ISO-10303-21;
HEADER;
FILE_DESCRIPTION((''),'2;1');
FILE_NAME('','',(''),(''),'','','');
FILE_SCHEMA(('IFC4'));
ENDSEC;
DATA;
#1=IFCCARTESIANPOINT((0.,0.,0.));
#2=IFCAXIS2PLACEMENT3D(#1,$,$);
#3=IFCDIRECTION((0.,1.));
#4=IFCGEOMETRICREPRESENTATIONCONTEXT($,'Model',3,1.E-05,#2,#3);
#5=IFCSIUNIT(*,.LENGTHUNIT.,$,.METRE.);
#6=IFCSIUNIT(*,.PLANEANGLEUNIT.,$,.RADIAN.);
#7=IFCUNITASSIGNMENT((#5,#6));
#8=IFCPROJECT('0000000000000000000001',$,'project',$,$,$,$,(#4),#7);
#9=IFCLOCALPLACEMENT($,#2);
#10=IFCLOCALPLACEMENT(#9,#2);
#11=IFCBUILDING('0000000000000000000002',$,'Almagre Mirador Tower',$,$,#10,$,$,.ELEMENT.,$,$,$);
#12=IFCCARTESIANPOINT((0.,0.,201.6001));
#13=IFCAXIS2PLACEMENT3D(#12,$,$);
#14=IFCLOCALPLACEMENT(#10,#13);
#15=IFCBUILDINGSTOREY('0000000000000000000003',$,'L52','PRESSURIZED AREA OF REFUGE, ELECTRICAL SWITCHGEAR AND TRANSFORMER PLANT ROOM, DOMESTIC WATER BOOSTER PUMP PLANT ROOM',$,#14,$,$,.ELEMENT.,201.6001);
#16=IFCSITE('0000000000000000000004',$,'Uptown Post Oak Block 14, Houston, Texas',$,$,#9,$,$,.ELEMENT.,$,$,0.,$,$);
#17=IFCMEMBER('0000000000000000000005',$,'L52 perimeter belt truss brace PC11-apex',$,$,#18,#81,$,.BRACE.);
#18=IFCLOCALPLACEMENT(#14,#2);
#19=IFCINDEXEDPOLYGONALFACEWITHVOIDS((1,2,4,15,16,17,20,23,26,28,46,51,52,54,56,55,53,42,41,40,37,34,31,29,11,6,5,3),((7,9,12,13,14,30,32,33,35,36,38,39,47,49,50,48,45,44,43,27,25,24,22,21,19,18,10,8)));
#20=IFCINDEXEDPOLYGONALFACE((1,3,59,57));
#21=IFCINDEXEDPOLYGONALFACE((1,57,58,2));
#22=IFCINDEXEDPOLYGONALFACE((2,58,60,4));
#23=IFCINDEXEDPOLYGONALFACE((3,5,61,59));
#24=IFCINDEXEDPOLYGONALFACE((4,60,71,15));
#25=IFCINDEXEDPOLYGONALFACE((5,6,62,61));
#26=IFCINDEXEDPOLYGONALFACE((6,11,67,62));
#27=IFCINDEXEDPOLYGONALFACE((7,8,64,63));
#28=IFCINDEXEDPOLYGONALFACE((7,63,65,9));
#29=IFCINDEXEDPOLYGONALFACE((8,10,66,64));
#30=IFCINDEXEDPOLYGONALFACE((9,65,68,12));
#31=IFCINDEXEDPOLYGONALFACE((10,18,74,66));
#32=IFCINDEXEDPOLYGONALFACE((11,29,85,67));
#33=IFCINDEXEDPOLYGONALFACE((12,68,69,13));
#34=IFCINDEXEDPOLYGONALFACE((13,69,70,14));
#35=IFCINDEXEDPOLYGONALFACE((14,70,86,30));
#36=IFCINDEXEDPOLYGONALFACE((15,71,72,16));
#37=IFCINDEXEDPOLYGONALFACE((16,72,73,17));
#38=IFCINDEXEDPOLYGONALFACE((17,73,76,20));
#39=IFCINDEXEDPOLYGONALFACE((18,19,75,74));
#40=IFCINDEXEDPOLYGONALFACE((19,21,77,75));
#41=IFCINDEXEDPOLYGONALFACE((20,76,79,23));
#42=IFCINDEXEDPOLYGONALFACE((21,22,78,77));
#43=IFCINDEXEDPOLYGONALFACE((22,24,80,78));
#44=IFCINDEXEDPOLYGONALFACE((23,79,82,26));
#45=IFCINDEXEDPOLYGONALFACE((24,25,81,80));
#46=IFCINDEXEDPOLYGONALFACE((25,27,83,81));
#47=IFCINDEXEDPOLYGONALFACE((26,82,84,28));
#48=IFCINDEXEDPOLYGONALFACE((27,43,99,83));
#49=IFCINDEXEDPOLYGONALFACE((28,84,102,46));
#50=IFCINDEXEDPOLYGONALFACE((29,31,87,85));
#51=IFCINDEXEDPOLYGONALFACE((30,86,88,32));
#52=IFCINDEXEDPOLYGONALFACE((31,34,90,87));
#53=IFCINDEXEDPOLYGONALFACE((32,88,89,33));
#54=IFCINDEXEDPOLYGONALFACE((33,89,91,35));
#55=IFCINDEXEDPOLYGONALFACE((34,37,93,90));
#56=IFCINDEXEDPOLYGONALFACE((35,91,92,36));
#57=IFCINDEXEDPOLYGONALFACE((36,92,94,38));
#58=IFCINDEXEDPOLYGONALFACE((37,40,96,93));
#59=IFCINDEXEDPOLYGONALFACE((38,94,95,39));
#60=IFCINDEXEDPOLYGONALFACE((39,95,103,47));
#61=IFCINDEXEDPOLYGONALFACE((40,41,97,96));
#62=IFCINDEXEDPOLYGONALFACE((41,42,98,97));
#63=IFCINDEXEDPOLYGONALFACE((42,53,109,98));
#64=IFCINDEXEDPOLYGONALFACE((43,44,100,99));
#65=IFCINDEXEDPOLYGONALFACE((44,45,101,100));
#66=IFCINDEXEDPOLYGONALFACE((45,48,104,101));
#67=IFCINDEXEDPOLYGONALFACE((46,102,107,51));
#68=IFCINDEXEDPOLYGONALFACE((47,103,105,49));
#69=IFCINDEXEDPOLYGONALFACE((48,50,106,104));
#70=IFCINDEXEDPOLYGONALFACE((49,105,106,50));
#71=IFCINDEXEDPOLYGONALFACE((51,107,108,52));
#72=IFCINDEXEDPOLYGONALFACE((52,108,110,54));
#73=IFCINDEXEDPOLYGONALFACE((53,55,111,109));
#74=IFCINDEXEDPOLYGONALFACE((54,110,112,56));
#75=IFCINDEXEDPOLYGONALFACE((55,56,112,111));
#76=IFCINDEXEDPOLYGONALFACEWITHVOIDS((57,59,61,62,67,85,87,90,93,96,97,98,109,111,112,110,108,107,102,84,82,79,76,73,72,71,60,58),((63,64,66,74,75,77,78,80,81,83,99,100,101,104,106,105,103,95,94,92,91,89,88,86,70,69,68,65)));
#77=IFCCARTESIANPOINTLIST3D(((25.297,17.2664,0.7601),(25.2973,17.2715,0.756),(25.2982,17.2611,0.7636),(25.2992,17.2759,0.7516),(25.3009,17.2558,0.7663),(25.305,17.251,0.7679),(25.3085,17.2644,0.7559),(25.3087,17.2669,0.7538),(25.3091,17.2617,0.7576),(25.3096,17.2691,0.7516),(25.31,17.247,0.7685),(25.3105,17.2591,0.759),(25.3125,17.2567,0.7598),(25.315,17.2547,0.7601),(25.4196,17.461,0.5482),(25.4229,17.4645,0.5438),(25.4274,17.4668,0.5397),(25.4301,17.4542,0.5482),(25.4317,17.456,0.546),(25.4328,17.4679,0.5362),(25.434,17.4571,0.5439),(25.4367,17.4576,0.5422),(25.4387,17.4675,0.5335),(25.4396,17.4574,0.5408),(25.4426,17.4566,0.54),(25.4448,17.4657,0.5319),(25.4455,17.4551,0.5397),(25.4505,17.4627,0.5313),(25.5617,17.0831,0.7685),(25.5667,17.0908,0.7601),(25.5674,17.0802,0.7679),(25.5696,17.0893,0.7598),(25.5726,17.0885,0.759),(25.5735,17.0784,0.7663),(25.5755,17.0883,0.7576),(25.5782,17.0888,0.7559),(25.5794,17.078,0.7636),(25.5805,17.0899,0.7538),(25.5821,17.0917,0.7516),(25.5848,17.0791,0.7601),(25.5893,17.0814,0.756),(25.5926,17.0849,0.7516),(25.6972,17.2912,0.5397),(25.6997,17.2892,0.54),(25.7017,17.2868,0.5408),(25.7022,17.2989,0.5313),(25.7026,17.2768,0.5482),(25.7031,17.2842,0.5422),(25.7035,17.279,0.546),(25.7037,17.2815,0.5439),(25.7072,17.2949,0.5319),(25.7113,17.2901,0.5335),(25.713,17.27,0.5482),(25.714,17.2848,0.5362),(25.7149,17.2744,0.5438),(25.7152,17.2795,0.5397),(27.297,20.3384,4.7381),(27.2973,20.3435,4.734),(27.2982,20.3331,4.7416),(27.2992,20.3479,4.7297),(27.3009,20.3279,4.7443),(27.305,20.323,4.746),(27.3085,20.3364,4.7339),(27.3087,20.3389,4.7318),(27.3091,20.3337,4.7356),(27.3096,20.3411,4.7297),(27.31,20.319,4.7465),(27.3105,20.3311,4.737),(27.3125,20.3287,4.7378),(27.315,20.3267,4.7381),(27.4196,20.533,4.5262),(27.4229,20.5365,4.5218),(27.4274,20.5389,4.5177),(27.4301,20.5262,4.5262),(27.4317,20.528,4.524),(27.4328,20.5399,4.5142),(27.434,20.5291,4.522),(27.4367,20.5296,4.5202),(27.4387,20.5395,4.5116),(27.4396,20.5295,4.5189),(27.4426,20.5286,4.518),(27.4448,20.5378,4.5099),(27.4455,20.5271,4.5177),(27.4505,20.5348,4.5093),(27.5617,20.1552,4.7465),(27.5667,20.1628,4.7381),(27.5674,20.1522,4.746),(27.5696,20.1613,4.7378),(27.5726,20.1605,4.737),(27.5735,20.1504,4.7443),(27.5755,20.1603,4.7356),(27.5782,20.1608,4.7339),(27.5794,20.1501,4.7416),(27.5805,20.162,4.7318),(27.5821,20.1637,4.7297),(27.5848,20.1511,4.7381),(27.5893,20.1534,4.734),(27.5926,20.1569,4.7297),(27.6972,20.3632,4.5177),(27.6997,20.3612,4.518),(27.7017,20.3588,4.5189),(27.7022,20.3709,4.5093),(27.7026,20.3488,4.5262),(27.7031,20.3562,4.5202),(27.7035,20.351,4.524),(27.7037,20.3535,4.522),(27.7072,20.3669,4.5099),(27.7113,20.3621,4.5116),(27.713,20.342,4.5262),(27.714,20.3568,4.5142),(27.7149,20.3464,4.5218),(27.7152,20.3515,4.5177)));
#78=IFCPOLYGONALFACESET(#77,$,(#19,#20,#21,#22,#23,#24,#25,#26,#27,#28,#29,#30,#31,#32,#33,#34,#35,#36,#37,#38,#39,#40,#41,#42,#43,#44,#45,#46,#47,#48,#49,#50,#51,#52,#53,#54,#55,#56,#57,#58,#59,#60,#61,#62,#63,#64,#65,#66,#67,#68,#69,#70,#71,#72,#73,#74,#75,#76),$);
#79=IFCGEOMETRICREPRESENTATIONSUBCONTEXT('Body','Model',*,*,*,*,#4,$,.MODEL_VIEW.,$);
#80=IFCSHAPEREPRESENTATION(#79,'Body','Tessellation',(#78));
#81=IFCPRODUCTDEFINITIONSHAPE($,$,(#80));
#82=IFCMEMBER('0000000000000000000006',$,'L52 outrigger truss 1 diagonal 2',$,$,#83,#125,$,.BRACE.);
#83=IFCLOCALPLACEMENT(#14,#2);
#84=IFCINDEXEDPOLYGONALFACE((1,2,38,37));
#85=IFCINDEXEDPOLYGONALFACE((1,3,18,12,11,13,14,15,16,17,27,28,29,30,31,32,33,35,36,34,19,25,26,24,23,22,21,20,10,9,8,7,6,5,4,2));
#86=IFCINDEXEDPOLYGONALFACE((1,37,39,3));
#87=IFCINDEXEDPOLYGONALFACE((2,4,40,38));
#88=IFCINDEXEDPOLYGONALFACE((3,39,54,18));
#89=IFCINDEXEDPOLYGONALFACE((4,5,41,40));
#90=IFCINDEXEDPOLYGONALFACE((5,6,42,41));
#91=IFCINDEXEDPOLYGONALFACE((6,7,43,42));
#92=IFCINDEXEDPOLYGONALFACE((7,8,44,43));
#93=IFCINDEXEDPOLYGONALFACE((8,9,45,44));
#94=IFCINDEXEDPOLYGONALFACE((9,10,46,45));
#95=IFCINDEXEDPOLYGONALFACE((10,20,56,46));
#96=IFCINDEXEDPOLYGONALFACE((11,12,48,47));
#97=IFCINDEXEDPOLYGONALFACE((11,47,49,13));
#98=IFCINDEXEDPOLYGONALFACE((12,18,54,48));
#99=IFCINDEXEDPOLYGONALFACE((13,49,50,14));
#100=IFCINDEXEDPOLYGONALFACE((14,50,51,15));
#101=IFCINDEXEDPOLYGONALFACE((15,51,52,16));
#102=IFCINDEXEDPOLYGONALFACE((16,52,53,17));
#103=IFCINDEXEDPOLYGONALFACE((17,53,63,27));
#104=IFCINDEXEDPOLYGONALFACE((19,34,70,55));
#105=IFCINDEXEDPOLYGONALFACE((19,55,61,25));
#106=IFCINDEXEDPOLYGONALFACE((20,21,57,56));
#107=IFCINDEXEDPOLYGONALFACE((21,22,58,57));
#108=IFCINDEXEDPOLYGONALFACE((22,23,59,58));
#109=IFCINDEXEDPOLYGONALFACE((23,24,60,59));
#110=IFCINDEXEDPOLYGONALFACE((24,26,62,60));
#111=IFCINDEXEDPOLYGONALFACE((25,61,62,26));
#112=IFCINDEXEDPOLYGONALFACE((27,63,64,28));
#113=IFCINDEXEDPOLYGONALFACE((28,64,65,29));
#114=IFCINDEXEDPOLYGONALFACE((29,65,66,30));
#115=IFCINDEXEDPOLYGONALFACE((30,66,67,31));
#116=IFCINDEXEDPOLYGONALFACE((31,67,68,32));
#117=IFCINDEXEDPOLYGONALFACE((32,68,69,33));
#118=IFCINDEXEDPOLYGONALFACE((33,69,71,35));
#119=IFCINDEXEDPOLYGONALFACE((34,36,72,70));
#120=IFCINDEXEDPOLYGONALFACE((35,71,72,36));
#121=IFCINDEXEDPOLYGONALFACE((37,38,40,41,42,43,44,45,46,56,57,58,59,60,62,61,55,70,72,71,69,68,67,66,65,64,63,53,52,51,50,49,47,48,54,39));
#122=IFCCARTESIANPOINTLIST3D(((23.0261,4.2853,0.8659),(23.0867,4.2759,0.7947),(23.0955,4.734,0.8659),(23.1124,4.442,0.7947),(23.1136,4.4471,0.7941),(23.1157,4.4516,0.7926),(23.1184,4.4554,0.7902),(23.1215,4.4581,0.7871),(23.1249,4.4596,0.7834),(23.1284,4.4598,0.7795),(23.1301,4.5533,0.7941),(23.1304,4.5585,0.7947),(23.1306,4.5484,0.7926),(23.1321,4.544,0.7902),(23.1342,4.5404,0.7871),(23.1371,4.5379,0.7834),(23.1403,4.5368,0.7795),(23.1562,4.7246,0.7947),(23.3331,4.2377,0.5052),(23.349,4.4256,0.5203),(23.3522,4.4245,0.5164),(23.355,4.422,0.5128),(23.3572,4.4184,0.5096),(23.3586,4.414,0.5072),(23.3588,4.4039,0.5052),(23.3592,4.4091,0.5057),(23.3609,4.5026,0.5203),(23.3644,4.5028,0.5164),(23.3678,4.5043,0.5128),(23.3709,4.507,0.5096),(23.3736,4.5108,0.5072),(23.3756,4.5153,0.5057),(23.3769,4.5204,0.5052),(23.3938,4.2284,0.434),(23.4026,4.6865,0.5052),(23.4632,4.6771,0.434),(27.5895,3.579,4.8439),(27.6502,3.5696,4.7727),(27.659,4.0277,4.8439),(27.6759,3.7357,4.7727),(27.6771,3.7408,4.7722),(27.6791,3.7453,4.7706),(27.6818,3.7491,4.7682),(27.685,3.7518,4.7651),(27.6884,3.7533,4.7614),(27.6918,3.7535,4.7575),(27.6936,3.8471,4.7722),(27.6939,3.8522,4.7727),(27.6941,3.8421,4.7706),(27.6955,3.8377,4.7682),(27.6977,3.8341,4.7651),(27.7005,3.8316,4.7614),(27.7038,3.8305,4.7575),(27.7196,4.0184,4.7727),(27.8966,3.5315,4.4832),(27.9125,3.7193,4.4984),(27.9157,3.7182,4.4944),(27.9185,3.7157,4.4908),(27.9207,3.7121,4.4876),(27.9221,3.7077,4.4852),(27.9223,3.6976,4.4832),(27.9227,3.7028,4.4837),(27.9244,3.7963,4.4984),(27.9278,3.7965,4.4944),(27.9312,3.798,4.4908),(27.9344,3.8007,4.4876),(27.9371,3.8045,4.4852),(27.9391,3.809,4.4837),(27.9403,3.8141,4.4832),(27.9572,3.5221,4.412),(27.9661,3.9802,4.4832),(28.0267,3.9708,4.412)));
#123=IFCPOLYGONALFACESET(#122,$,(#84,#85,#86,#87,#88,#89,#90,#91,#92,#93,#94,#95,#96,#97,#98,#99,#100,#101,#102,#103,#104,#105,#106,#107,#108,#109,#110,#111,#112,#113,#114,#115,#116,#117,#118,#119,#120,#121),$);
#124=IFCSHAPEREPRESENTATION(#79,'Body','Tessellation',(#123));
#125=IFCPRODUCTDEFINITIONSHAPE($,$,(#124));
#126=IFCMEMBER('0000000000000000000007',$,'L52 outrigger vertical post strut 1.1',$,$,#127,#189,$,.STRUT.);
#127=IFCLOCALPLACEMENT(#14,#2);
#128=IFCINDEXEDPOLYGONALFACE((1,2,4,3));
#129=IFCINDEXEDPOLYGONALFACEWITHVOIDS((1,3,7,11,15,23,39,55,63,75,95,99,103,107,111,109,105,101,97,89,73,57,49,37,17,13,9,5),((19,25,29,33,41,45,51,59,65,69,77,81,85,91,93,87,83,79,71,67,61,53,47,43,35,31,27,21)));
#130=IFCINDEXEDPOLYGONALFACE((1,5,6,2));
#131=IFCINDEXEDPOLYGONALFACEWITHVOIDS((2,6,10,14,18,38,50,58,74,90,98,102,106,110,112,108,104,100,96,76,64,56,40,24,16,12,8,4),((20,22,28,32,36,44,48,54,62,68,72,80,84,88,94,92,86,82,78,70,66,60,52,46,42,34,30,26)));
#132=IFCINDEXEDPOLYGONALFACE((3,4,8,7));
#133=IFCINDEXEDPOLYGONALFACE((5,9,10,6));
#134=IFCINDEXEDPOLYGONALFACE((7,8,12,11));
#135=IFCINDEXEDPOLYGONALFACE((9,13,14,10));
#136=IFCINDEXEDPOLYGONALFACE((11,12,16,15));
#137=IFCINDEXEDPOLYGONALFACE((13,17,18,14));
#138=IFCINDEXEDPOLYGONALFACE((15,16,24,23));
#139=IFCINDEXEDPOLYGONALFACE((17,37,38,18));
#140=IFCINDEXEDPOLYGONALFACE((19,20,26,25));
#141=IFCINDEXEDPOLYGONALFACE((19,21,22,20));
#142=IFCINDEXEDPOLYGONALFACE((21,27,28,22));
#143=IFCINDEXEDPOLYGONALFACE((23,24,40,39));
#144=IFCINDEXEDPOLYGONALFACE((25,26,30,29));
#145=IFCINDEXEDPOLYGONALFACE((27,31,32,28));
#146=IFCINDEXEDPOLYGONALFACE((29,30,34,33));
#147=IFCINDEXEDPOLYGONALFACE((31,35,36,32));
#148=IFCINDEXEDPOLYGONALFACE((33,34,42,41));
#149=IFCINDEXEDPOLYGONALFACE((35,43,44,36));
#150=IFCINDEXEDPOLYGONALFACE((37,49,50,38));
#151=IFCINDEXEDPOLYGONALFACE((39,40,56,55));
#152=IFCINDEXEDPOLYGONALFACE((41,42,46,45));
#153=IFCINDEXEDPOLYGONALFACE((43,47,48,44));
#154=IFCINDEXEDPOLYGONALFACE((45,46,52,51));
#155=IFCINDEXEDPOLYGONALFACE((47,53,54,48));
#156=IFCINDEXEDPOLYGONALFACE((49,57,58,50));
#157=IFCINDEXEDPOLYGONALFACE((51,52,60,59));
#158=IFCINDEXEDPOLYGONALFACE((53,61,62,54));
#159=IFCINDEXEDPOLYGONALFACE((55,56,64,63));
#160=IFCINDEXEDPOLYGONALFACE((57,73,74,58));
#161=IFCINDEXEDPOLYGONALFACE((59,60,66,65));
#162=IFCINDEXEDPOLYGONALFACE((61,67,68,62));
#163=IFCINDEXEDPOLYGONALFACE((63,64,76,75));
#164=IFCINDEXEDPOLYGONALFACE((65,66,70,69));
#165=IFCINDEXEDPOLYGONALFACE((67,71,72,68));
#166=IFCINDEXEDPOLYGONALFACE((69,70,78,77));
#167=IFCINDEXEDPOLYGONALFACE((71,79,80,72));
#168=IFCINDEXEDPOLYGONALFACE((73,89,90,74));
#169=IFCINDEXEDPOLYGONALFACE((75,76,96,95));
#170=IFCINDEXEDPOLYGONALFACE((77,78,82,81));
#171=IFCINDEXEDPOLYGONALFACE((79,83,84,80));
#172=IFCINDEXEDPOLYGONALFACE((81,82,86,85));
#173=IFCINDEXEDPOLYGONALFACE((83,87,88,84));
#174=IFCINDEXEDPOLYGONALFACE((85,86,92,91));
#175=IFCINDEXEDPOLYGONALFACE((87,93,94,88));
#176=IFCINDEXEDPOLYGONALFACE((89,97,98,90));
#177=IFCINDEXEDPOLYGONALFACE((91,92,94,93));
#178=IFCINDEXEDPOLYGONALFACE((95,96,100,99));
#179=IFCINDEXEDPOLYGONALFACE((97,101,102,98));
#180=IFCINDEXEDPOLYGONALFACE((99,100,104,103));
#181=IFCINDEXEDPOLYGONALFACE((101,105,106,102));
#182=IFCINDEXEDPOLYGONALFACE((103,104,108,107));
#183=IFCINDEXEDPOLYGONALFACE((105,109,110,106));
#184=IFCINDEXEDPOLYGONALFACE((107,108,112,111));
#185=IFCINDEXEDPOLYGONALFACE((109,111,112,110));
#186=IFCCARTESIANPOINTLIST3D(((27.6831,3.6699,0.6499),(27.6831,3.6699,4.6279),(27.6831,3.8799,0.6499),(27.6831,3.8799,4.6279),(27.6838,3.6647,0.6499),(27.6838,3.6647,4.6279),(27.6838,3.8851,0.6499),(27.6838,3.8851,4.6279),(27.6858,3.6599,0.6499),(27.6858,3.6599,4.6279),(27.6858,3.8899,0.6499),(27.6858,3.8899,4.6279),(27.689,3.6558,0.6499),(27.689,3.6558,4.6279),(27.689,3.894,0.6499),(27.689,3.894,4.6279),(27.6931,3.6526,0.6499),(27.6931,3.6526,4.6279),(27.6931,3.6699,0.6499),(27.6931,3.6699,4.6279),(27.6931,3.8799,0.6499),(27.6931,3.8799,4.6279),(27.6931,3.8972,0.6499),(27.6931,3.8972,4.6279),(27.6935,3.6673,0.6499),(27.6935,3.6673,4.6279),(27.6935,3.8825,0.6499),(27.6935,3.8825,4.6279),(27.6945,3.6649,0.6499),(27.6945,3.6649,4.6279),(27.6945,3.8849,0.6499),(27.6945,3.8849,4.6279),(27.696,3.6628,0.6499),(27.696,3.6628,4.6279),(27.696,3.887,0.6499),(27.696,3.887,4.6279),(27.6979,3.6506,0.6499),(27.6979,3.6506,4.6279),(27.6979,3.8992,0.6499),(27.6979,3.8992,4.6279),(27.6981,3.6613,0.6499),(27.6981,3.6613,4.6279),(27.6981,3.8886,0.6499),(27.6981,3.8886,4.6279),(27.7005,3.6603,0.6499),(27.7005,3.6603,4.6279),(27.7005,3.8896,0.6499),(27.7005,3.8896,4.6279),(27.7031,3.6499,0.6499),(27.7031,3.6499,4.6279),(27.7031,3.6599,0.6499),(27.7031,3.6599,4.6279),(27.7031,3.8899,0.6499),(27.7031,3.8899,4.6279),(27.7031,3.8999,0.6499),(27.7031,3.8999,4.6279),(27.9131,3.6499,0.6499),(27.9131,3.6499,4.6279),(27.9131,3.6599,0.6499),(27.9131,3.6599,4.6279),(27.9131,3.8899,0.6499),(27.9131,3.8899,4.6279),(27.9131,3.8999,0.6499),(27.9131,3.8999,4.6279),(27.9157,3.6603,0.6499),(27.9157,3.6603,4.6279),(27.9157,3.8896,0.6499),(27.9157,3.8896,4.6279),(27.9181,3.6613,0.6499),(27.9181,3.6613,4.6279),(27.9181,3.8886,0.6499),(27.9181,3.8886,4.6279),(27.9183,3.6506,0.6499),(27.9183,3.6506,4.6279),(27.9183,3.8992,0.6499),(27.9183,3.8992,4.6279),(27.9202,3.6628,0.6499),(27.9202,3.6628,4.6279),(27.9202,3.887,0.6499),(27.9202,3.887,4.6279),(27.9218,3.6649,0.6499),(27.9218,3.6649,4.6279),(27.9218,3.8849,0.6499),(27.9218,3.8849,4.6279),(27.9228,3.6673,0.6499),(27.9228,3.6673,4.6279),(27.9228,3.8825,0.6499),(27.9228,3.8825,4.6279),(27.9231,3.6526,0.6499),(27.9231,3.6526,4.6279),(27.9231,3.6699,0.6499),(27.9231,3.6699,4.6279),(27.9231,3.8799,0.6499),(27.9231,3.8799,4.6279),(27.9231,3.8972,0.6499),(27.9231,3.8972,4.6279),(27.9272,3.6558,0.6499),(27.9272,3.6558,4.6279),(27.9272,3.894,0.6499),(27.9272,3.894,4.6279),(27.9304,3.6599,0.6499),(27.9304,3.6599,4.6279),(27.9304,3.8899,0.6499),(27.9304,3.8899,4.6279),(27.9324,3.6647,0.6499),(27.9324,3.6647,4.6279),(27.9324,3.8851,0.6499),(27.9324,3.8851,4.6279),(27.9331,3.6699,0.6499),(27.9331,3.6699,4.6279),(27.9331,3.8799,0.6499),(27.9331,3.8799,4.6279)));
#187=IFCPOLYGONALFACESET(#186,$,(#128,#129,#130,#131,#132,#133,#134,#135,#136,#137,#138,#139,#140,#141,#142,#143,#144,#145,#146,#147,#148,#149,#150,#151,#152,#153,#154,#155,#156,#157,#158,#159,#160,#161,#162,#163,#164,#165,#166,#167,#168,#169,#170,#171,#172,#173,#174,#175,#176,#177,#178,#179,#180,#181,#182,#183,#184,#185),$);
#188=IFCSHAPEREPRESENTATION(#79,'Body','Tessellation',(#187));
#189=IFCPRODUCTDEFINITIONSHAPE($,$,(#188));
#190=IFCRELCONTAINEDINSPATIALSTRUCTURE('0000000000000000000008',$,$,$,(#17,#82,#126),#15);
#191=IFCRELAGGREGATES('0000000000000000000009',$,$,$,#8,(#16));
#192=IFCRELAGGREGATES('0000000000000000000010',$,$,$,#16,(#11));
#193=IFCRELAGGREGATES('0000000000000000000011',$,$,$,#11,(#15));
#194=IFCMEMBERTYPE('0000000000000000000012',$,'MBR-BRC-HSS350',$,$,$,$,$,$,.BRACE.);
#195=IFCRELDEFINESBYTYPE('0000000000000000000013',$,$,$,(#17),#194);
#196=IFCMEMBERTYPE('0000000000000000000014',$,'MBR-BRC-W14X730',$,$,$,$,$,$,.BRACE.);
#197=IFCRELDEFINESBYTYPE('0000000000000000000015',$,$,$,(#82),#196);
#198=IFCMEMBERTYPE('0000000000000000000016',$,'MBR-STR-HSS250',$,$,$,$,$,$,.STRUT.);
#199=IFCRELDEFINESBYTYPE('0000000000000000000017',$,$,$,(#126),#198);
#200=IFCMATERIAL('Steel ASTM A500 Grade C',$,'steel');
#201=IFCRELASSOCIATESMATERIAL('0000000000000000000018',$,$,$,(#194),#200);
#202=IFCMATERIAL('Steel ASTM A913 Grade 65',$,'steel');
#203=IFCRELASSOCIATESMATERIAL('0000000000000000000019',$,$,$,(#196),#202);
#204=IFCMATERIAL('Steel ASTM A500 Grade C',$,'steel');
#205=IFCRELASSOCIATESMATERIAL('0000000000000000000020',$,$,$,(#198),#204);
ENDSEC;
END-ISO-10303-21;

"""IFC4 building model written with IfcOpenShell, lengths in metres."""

from ifc_helpers import new_model, si_unit, direction, frame, origin, origin_2d, place, context, subcontext, project, spatial, hollow_rectangle, i_section, extrude, material, material_profile, profile_set, type_object, element, save


model = new_model("IFC4")

# Units and contexts
model_context = context("Model", 3, precision=1e-05, world=origin(), true_north=direction((0.0, 1.0)))
body_context = subcontext(model_context, "Body", "Model", "MODEL_VIEW")
ifc_project = project(units=[si_unit("LENGTHUNIT", "METRE"), si_unit("PLANEANGLEUNIT", "RADIAN")], contexts=[model_context])

# Site, building, storey
site_placement = place(None, origin())
site = spatial("IfcSite", under=ifc_project, at=site_placement, Name="Uptown Post Oak Block 14, Houston, Texas", CompositionType="ELEMENT", RefElevation=0.0)
building_placement = place(site_placement, origin())
building = spatial("IfcBuilding", under=site, at=building_placement, Name="Almagre Mirador Tower", CompositionType="ELEMENT")
storey_placement = place(building_placement, frame((0.0, 0.0, 201.6001)))
storey = spatial("IfcBuildingStorey", under=building, at=storey_placement, Name="L52", Description="PRESSURIZED AREA OF REFUGE, ELECTRICAL SWITCHGEAR AND TRANSFORMER PLANT ROOM, DOMESTIC WATER BOOSTER PUMP PLANT ROOM", CompositionType="ELEMENT", Elevation=201.6001)

# Members
ifc_material_1 = material(Name="Steel ASTM A500 Grade C", Category="steel")
ifc_material_profile_1 = material_profile(ifc_material_1, hollow_rectangle(XDim=0.3501, YDim=0.3501, WallThickness=0.0125, InnerFilletRadius=0.0125, OuterFilletRadius=0.0249, at=origin_2d()), Name="HSS350X350X12.5")
ifc_profile_set_1 = profile_set([ifc_material_profile_1], Name="Steel ASTM A500 Grade C")
member_type_1 = type_object("IfcMemberType", Name="MBR-BRC-HSS350", PredefinedType="BRACE", material=ifc_profile_set_1)
member_1_placement = place(storey_placement, frame((25.5061, 17.2729, 0.6499), z_axis=(0.369724, 0.5679, 0.735386), x_axis=(-0.838046, 0.545599, 0.0)))
element("IfcMember", 1, at=member_1_placement, inside=storey, type_object=member_type_1, Name="L52 perimeter belt truss brace PC11-apex", PredefinedType="BRACE", context=body_context, shape_type="SweptSolid", body=[
    extrude(hollow_rectangle(XDim=0.3501, YDim=0.3501, WallThickness=0.0125, InnerFilletRadius=0.0125, OuterFilletRadius=0.0249, at=origin_2d()), origin(), (0.0, 0.0, 1.0), 5.4094),
])
ifc_material_2 = material(Name="Steel ASTM A913 Grade 65", Category="steel")
ifc_material_profile_2 = material_profile(ifc_material_2, i_section(OverallWidth=0.4541, OverallDepth=0.5701, WebThickness=0.0779, FlangeThickness=0.094, FilletRadius=0.02, at=origin_2d()), Name="W14X730")
ifc_profile_set_2 = profile_set([ifc_material_profile_2], Name="Steel ASTM A913 Grade 65")
member_type_2 = type_object("IfcMemberType", Name="MBR-BRC-W14X730", PredefinedType="BRACE", material=ifc_profile_set_2)
member_2_placement = place(storey_placement, frame((27.8081, 3.7749, 4.6279), z_axis=(-0.748726, 0.115882, -0.652672), x_axis=(-0.152951, -0.988234, 0.0)))
element("IfcMember", 2, at=member_2_placement, inside=storey, type_object=member_type_2, Name="L52 outrigger truss 1 diagonal 2", PredefinedType="BRACE", context=body_context, shape_type="SweptSolid", body=[
    extrude(i_section(OverallWidth=0.4541, OverallDepth=0.5701, WebThickness=0.0779, FlangeThickness=0.094, FilletRadius=0.02, at=origin_2d()), origin(), (0.0, 0.0, 1.0), 6.095),
])
ifc_material_3 = material(Name="Steel ASTM A500 Grade C", Category="steel")
ifc_material_profile_3 = material_profile(ifc_material_3, hollow_rectangle(XDim=0.25, YDim=0.25, WallThickness=0.01, InnerFilletRadius=0.01, OuterFilletRadius=0.02, at=origin_2d()), Name="HSS250X250X10")
ifc_profile_set_3 = profile_set([ifc_material_profile_3], Name="Steel ASTM A500 Grade C")
member_type_3 = type_object("IfcMemberType", Name="MBR-STR-HSS250", PredefinedType="STRUT", material=ifc_profile_set_3)
member_3_placement = place(storey_placement, frame((27.8081, 3.7749, 0.6499), z_axis=(0.0, 0.0, 1.0), x_axis=(1.0, 0.0, 0.0)))
element("IfcMember", 3, at=member_3_placement, inside=storey, type_object=member_type_3, Name="L52 outrigger vertical post strut 1.1", PredefinedType="STRUT", context=body_context, shape_type="SweptSolid", body=[
    extrude(hollow_rectangle(XDim=0.25, YDim=0.25, WallThickness=0.01, InnerFilletRadius=0.01, OuterFilletRadius=0.02, at=origin_2d()), origin(), (0.0, 0.0, 1.0), 3.978),
])

save(model, "model.ifc")
